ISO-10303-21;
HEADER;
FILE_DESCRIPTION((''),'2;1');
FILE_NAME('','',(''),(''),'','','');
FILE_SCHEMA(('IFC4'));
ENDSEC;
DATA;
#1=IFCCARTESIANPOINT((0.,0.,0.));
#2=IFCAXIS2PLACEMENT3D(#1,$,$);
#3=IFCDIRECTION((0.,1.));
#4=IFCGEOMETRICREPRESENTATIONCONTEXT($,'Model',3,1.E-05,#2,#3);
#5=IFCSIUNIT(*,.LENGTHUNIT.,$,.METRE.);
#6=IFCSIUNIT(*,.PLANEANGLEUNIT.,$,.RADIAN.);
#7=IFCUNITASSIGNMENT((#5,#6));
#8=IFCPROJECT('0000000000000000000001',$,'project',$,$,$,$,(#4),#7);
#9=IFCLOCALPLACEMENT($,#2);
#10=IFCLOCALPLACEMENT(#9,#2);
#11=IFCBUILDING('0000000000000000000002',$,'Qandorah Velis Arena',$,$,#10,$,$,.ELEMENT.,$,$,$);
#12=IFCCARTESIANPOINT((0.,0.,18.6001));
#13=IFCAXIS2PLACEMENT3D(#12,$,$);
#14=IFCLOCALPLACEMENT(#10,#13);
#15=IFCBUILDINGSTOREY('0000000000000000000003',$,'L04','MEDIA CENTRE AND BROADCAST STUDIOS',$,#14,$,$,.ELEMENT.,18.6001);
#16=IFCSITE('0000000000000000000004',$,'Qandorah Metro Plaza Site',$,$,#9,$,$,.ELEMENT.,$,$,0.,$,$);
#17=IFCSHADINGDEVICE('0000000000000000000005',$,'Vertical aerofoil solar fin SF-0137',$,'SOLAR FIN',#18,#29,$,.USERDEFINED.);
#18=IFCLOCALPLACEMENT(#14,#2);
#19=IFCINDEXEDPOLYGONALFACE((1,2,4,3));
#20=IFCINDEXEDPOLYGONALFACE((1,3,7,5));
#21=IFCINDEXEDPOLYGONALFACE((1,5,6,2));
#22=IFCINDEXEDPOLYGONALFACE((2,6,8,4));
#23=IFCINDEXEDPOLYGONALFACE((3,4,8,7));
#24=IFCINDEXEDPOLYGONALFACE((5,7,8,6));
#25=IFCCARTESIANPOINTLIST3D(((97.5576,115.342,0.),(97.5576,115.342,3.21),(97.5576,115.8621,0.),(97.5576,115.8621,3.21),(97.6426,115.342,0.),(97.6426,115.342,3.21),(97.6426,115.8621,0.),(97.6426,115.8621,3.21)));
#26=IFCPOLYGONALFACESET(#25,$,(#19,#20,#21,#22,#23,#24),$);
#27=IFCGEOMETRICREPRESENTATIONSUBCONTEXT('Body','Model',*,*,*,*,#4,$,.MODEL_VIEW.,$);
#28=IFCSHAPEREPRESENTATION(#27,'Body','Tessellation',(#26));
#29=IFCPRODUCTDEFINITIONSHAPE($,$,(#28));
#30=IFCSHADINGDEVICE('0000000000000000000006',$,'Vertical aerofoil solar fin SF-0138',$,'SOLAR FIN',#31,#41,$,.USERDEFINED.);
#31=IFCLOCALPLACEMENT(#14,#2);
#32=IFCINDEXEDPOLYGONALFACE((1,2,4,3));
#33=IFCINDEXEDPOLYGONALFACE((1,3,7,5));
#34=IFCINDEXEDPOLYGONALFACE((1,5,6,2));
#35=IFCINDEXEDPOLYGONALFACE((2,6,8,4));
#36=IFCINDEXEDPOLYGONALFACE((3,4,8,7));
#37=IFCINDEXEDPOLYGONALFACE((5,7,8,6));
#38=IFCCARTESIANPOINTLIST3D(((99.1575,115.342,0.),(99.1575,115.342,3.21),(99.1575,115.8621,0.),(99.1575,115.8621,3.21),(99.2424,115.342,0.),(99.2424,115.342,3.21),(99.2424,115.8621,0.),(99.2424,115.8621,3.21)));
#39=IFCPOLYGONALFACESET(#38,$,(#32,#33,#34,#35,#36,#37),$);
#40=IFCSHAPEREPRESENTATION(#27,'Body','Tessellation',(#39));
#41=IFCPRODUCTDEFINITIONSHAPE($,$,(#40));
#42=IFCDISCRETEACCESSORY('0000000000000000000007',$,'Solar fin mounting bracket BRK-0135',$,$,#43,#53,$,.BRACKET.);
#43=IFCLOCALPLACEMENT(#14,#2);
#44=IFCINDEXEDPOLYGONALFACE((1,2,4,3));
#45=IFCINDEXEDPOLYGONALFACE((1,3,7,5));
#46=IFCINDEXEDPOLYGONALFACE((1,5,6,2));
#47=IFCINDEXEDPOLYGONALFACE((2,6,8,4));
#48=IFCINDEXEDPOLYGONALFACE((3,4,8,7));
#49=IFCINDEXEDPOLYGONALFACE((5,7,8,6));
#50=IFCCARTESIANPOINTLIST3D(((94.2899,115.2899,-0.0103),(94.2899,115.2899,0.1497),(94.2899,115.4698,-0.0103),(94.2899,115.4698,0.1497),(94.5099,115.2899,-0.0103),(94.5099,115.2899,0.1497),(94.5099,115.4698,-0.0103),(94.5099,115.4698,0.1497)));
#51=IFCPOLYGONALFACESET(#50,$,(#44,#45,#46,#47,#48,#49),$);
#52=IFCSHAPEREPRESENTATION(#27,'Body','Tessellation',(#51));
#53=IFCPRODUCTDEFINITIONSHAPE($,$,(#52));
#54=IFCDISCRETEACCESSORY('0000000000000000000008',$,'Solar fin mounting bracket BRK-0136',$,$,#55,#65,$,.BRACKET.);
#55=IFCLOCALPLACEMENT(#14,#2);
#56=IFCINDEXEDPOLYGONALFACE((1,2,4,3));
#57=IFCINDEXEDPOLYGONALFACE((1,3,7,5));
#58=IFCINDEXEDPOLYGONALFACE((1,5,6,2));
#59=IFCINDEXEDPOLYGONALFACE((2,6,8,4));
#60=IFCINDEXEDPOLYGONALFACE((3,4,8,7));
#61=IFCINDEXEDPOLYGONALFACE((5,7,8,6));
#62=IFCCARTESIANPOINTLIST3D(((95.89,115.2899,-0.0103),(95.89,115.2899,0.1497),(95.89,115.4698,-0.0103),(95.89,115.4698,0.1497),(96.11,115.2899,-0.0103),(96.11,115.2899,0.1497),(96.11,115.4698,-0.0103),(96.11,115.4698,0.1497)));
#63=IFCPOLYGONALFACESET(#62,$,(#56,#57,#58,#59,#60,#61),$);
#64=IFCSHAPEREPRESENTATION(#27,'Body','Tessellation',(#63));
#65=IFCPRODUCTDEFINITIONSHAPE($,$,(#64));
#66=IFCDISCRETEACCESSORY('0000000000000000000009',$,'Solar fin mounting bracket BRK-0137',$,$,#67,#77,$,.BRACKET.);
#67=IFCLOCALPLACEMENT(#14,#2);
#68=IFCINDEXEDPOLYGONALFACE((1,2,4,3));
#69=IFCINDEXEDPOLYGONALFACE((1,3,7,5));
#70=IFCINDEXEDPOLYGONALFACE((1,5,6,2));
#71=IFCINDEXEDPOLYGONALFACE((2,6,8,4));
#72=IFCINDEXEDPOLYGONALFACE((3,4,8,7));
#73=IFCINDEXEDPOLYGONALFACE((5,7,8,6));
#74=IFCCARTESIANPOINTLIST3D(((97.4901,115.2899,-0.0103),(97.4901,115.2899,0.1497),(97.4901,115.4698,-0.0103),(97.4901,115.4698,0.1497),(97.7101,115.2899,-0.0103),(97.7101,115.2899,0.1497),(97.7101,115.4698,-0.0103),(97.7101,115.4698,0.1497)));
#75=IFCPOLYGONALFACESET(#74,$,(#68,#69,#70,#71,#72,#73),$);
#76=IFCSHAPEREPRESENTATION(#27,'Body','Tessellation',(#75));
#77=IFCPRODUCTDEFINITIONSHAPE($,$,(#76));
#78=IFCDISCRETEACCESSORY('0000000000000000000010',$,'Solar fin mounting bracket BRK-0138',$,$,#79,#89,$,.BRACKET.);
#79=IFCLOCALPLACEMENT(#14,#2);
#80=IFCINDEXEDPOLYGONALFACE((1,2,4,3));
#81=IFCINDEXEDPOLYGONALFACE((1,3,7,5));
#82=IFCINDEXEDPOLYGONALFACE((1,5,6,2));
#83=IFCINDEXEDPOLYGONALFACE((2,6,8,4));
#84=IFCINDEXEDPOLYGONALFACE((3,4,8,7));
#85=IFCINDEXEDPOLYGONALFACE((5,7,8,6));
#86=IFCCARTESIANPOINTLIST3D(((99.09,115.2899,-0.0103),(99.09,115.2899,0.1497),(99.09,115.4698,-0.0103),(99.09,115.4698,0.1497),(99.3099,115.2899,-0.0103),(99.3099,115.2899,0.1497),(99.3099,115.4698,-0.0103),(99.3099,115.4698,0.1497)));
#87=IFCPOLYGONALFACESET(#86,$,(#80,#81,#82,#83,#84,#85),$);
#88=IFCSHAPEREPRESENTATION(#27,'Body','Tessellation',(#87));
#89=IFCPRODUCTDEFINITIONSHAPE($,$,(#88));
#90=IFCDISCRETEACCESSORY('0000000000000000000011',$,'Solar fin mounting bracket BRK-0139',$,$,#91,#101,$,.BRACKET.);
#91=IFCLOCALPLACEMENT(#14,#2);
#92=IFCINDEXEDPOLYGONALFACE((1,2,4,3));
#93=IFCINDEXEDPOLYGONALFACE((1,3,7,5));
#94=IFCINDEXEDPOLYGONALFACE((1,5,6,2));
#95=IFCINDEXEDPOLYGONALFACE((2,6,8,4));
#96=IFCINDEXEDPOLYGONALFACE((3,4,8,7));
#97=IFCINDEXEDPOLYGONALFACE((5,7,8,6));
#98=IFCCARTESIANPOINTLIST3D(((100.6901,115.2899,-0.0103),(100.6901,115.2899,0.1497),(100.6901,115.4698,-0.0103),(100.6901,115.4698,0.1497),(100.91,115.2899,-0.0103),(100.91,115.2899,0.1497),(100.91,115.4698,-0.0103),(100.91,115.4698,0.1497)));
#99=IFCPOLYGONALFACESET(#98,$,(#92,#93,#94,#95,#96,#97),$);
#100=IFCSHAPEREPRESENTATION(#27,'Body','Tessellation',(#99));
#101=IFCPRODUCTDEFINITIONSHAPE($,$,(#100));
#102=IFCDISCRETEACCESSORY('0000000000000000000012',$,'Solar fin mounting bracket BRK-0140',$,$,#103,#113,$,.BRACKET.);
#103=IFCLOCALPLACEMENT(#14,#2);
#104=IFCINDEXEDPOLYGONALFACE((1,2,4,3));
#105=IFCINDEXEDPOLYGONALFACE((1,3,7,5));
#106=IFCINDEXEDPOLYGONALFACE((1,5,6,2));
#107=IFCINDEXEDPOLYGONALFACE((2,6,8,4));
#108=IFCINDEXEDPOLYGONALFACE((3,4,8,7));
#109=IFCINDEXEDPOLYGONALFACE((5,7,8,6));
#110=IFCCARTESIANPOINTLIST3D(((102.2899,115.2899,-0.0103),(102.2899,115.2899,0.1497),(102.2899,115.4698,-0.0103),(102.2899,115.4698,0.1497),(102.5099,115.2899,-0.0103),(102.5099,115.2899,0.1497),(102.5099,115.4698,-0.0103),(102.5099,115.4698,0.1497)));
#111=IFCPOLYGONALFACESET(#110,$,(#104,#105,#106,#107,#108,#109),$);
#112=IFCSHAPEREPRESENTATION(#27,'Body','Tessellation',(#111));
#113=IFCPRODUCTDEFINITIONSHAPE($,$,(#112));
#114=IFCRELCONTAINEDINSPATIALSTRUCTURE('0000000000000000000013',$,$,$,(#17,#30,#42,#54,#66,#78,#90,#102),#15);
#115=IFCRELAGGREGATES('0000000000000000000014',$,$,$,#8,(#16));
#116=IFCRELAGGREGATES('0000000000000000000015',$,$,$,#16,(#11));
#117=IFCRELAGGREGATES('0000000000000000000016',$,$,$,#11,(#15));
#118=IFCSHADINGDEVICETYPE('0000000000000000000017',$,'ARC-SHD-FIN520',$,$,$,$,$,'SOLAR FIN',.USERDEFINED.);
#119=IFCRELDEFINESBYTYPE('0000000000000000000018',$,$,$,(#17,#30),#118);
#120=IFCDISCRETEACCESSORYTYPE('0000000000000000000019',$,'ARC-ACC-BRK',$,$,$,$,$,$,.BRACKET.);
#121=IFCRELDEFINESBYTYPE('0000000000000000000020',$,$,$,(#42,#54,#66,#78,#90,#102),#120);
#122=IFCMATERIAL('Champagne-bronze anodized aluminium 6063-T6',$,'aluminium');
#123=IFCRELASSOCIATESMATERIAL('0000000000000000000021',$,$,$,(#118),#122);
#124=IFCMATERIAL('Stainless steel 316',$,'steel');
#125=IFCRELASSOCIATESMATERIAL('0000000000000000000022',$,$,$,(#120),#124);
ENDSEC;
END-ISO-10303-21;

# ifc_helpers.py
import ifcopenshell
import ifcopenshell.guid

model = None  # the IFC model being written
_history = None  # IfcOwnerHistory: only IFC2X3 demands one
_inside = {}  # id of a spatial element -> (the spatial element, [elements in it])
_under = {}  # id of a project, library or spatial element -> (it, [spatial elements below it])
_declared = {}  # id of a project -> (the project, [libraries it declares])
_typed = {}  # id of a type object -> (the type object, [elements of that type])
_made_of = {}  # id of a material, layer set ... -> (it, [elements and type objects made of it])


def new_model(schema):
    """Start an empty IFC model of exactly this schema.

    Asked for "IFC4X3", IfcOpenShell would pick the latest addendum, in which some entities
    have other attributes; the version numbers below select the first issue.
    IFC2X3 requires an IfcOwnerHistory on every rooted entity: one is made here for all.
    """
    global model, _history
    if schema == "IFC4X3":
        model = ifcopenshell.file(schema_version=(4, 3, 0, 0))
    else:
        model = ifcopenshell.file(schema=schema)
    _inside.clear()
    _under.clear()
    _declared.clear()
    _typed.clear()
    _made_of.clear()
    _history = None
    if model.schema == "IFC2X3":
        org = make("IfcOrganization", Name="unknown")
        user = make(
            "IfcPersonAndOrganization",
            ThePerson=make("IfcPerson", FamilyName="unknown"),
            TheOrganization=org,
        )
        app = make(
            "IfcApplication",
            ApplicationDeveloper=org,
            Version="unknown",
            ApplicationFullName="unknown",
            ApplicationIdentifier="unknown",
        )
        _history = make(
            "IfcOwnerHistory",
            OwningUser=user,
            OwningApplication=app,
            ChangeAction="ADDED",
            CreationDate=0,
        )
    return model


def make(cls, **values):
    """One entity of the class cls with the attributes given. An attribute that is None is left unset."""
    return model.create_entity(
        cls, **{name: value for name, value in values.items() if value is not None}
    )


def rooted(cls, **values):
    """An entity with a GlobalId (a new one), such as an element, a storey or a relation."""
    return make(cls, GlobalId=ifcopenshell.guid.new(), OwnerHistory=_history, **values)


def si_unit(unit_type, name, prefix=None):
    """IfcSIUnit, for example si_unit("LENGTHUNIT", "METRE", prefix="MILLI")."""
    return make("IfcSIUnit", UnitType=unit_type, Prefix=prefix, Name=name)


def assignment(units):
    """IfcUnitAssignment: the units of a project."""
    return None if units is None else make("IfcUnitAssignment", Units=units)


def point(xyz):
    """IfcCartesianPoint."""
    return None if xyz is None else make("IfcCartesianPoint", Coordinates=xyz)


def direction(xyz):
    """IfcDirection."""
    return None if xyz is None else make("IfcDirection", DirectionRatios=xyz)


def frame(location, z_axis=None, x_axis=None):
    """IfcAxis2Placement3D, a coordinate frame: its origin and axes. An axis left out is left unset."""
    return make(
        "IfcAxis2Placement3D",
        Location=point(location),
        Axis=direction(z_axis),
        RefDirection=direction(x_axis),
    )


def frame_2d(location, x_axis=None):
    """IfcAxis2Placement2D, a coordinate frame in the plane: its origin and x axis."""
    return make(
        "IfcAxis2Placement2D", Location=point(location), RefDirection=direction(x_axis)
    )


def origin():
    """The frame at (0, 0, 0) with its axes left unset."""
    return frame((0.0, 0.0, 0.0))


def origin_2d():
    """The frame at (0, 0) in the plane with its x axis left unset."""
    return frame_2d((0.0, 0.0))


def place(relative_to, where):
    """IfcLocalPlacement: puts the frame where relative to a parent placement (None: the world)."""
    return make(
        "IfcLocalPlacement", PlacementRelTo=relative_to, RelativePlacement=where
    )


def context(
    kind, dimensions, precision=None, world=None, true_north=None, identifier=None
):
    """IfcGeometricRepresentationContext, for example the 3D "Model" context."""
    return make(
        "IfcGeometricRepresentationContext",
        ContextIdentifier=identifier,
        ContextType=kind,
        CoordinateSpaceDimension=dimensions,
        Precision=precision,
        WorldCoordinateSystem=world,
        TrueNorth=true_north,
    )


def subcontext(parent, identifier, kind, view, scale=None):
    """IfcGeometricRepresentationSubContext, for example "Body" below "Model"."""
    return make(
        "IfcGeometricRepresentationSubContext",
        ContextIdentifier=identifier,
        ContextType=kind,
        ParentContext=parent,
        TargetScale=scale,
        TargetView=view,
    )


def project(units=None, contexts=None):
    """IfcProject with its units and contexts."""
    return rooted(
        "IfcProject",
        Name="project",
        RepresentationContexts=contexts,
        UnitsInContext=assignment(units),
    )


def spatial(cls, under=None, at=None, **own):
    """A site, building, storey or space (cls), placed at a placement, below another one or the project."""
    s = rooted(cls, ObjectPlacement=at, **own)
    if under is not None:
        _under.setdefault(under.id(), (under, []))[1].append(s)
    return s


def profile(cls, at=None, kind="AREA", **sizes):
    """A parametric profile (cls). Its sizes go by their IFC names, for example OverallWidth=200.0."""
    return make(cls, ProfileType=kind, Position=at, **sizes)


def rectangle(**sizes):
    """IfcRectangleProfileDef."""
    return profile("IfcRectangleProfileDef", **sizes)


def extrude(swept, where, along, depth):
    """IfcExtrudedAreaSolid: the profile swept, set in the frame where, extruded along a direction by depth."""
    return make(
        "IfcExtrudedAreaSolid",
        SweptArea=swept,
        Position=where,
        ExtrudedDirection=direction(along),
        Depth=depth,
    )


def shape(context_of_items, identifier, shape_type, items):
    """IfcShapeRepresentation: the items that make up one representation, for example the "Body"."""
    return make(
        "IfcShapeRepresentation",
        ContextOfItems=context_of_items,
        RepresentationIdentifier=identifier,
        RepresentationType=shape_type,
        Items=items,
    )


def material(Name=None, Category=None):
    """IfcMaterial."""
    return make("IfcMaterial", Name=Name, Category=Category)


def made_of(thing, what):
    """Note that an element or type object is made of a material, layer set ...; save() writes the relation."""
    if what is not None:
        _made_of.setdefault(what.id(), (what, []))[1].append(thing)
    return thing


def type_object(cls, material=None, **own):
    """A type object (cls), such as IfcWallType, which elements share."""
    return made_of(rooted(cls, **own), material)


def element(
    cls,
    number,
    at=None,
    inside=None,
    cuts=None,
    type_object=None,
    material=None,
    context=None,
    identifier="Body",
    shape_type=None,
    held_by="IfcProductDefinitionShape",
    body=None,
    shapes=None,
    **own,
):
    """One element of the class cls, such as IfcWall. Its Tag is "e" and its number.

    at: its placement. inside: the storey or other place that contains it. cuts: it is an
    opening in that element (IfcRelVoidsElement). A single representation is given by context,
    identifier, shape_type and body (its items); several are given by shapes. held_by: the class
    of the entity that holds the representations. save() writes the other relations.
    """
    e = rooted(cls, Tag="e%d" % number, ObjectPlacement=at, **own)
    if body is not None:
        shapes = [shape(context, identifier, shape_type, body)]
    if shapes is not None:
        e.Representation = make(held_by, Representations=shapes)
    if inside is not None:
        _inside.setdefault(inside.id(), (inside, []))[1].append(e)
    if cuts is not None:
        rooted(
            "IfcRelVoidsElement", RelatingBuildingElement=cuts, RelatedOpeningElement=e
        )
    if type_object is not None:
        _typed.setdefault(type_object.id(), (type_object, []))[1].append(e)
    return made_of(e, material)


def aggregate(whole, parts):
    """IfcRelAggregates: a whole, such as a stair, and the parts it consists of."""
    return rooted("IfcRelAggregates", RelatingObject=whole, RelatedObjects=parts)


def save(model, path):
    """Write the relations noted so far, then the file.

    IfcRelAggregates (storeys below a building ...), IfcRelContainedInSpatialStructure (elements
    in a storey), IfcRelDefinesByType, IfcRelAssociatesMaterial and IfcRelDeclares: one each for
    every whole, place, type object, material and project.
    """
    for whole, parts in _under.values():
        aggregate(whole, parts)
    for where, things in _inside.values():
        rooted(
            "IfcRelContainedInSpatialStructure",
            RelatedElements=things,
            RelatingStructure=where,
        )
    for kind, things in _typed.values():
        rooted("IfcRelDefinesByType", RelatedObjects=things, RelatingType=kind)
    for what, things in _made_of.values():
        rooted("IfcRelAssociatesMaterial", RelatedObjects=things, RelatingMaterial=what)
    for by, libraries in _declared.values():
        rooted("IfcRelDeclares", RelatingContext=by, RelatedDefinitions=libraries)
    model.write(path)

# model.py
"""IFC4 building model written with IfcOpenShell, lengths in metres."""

from ifc_helpers import new_model, si_unit, direction, frame, origin, origin_2d, place, context, subcontext, project, spatial, rectangle, extrude, material, type_object, element, save


model = new_model("IFC4")

# Units and contexts
model_context = context("Model", 3, precision=1e-05, world=origin(), true_north=direction((0.0, 1.0)))
body_context = subcontext(model_context, "Body", "Model", "MODEL_VIEW")
ifc_project = project(units=[si_unit("LENGTHUNIT", "METRE"), si_unit("PLANEANGLEUNIT", "RADIAN")], contexts=[model_context])

# Site, building, storey
site_placement = place(None, origin())
site = spatial("IfcSite", under=ifc_project, at=site_placement, Name="Qandorah Metro Plaza Site", CompositionType="ELEMENT", RefElevation=0.0)
building_placement = place(site_placement, origin())
building = spatial("IfcBuilding", under=site, at=building_placement, Name="Qandorah Velis Arena", CompositionType="ELEMENT")
storey_placement = place(building_placement, frame((0.0, 0.0, 18.6001)))
storey = spatial("IfcBuildingStorey", under=building, at=storey_placement, Name="L04", Description="MEDIA CENTRE AND BROADCAST STUDIOS", CompositionType="ELEMENT", Elevation=18.6001)

# Shared definitions
ifc_material_1 = material(Name="Champagne-bronze anodized aluminium 6063-T6", Category="aluminium")

# Shading devices
shading_device_type = type_object("IfcShadingDeviceType", Name="ARC-SHD-FIN520", ElementType="SOLAR FIN", PredefinedType="USERDEFINED", material=ifc_material_1)
for number, where, z_axis, x_axis, name in (
    (1, (97.6001, 115.6021, 0.0), (0.0, 0.0, 1.0), (1.0, 0.0, 0.0), "Vertical aerofoil solar fin SF-0137"),
    (2, (99.2, 115.6021, 0.0), (0.0, 0.0, 1.0), (1.0, 0.0, 0.0), "Vertical aerofoil solar fin SF-0138"),
):
    element("IfcShadingDevice", number, at=place(storey_placement, frame(where, z_axis=z_axis, x_axis=x_axis)), inside=storey, type_object=shading_device_type, Name=name, ObjectType="SOLAR FIN", PredefinedType="USERDEFINED", context=body_context, shape_type="SweptSolid", body=[
        extrude(rectangle(XDim=0.085, YDim=0.52, at=origin_2d()), origin(), (0.0, 0.0, 1.0), 3.21),
    ])

# Discrete accessories
ifc_material_2 = material(Name="Stainless steel 316", Category="steel")
discrete_accessory_type = type_object("IfcDiscreteAccessoryType", Name="ARC-ACC-BRK", PredefinedType="BRACKET", material=ifc_material_2)
for number, where, z_axis, x_axis, name in (
    (3, (94.3999, 115.3799, -0.0103), (0.0, 0.0, 1.0), (1.0, 0.0, 0.0), "Solar fin mounting bracket BRK-0135"),
    (4, (96.0, 115.3799, -0.0103), (0.0, 0.0, 1.0), (1.0, 0.0, 0.0), "Solar fin mounting bracket BRK-0136"),
    (5, (97.6001, 115.3799, -0.0103), (0.0, 0.0, 1.0), (1.0, 0.0, 0.0), "Solar fin mounting bracket BRK-0137"),
    (6, (99.2, 115.3799, -0.0103), (0.0, 0.0, 1.0), (1.0, 0.0, 0.0), "Solar fin mounting bracket BRK-0138"),
    (7, (100.8, 115.3799, -0.0103), (0.0, 0.0, 1.0), (1.0, 0.0, 0.0), "Solar fin mounting bracket BRK-0139"),
    (8, (102.3999, 115.3799, -0.0103), (0.0, 0.0, 1.0), (1.0, 0.0, 0.0), "Solar fin mounting bracket BRK-0140"),
):
    element("IfcDiscreteAccessory", number, at=place(storey_placement, frame(where, z_axis=z_axis, x_axis=x_axis)), inside=storey, type_object=discrete_accessory_type, Name=name, PredefinedType="BRACKET", context=body_context, shape_type="SweptSolid", body=[
        extrude(rectangle(XDim=0.22, YDim=0.1799, at=origin_2d()), origin(), (0.0, 0.0, 1.0), 0.1599),
    ])

save(model, "model.ifc")
